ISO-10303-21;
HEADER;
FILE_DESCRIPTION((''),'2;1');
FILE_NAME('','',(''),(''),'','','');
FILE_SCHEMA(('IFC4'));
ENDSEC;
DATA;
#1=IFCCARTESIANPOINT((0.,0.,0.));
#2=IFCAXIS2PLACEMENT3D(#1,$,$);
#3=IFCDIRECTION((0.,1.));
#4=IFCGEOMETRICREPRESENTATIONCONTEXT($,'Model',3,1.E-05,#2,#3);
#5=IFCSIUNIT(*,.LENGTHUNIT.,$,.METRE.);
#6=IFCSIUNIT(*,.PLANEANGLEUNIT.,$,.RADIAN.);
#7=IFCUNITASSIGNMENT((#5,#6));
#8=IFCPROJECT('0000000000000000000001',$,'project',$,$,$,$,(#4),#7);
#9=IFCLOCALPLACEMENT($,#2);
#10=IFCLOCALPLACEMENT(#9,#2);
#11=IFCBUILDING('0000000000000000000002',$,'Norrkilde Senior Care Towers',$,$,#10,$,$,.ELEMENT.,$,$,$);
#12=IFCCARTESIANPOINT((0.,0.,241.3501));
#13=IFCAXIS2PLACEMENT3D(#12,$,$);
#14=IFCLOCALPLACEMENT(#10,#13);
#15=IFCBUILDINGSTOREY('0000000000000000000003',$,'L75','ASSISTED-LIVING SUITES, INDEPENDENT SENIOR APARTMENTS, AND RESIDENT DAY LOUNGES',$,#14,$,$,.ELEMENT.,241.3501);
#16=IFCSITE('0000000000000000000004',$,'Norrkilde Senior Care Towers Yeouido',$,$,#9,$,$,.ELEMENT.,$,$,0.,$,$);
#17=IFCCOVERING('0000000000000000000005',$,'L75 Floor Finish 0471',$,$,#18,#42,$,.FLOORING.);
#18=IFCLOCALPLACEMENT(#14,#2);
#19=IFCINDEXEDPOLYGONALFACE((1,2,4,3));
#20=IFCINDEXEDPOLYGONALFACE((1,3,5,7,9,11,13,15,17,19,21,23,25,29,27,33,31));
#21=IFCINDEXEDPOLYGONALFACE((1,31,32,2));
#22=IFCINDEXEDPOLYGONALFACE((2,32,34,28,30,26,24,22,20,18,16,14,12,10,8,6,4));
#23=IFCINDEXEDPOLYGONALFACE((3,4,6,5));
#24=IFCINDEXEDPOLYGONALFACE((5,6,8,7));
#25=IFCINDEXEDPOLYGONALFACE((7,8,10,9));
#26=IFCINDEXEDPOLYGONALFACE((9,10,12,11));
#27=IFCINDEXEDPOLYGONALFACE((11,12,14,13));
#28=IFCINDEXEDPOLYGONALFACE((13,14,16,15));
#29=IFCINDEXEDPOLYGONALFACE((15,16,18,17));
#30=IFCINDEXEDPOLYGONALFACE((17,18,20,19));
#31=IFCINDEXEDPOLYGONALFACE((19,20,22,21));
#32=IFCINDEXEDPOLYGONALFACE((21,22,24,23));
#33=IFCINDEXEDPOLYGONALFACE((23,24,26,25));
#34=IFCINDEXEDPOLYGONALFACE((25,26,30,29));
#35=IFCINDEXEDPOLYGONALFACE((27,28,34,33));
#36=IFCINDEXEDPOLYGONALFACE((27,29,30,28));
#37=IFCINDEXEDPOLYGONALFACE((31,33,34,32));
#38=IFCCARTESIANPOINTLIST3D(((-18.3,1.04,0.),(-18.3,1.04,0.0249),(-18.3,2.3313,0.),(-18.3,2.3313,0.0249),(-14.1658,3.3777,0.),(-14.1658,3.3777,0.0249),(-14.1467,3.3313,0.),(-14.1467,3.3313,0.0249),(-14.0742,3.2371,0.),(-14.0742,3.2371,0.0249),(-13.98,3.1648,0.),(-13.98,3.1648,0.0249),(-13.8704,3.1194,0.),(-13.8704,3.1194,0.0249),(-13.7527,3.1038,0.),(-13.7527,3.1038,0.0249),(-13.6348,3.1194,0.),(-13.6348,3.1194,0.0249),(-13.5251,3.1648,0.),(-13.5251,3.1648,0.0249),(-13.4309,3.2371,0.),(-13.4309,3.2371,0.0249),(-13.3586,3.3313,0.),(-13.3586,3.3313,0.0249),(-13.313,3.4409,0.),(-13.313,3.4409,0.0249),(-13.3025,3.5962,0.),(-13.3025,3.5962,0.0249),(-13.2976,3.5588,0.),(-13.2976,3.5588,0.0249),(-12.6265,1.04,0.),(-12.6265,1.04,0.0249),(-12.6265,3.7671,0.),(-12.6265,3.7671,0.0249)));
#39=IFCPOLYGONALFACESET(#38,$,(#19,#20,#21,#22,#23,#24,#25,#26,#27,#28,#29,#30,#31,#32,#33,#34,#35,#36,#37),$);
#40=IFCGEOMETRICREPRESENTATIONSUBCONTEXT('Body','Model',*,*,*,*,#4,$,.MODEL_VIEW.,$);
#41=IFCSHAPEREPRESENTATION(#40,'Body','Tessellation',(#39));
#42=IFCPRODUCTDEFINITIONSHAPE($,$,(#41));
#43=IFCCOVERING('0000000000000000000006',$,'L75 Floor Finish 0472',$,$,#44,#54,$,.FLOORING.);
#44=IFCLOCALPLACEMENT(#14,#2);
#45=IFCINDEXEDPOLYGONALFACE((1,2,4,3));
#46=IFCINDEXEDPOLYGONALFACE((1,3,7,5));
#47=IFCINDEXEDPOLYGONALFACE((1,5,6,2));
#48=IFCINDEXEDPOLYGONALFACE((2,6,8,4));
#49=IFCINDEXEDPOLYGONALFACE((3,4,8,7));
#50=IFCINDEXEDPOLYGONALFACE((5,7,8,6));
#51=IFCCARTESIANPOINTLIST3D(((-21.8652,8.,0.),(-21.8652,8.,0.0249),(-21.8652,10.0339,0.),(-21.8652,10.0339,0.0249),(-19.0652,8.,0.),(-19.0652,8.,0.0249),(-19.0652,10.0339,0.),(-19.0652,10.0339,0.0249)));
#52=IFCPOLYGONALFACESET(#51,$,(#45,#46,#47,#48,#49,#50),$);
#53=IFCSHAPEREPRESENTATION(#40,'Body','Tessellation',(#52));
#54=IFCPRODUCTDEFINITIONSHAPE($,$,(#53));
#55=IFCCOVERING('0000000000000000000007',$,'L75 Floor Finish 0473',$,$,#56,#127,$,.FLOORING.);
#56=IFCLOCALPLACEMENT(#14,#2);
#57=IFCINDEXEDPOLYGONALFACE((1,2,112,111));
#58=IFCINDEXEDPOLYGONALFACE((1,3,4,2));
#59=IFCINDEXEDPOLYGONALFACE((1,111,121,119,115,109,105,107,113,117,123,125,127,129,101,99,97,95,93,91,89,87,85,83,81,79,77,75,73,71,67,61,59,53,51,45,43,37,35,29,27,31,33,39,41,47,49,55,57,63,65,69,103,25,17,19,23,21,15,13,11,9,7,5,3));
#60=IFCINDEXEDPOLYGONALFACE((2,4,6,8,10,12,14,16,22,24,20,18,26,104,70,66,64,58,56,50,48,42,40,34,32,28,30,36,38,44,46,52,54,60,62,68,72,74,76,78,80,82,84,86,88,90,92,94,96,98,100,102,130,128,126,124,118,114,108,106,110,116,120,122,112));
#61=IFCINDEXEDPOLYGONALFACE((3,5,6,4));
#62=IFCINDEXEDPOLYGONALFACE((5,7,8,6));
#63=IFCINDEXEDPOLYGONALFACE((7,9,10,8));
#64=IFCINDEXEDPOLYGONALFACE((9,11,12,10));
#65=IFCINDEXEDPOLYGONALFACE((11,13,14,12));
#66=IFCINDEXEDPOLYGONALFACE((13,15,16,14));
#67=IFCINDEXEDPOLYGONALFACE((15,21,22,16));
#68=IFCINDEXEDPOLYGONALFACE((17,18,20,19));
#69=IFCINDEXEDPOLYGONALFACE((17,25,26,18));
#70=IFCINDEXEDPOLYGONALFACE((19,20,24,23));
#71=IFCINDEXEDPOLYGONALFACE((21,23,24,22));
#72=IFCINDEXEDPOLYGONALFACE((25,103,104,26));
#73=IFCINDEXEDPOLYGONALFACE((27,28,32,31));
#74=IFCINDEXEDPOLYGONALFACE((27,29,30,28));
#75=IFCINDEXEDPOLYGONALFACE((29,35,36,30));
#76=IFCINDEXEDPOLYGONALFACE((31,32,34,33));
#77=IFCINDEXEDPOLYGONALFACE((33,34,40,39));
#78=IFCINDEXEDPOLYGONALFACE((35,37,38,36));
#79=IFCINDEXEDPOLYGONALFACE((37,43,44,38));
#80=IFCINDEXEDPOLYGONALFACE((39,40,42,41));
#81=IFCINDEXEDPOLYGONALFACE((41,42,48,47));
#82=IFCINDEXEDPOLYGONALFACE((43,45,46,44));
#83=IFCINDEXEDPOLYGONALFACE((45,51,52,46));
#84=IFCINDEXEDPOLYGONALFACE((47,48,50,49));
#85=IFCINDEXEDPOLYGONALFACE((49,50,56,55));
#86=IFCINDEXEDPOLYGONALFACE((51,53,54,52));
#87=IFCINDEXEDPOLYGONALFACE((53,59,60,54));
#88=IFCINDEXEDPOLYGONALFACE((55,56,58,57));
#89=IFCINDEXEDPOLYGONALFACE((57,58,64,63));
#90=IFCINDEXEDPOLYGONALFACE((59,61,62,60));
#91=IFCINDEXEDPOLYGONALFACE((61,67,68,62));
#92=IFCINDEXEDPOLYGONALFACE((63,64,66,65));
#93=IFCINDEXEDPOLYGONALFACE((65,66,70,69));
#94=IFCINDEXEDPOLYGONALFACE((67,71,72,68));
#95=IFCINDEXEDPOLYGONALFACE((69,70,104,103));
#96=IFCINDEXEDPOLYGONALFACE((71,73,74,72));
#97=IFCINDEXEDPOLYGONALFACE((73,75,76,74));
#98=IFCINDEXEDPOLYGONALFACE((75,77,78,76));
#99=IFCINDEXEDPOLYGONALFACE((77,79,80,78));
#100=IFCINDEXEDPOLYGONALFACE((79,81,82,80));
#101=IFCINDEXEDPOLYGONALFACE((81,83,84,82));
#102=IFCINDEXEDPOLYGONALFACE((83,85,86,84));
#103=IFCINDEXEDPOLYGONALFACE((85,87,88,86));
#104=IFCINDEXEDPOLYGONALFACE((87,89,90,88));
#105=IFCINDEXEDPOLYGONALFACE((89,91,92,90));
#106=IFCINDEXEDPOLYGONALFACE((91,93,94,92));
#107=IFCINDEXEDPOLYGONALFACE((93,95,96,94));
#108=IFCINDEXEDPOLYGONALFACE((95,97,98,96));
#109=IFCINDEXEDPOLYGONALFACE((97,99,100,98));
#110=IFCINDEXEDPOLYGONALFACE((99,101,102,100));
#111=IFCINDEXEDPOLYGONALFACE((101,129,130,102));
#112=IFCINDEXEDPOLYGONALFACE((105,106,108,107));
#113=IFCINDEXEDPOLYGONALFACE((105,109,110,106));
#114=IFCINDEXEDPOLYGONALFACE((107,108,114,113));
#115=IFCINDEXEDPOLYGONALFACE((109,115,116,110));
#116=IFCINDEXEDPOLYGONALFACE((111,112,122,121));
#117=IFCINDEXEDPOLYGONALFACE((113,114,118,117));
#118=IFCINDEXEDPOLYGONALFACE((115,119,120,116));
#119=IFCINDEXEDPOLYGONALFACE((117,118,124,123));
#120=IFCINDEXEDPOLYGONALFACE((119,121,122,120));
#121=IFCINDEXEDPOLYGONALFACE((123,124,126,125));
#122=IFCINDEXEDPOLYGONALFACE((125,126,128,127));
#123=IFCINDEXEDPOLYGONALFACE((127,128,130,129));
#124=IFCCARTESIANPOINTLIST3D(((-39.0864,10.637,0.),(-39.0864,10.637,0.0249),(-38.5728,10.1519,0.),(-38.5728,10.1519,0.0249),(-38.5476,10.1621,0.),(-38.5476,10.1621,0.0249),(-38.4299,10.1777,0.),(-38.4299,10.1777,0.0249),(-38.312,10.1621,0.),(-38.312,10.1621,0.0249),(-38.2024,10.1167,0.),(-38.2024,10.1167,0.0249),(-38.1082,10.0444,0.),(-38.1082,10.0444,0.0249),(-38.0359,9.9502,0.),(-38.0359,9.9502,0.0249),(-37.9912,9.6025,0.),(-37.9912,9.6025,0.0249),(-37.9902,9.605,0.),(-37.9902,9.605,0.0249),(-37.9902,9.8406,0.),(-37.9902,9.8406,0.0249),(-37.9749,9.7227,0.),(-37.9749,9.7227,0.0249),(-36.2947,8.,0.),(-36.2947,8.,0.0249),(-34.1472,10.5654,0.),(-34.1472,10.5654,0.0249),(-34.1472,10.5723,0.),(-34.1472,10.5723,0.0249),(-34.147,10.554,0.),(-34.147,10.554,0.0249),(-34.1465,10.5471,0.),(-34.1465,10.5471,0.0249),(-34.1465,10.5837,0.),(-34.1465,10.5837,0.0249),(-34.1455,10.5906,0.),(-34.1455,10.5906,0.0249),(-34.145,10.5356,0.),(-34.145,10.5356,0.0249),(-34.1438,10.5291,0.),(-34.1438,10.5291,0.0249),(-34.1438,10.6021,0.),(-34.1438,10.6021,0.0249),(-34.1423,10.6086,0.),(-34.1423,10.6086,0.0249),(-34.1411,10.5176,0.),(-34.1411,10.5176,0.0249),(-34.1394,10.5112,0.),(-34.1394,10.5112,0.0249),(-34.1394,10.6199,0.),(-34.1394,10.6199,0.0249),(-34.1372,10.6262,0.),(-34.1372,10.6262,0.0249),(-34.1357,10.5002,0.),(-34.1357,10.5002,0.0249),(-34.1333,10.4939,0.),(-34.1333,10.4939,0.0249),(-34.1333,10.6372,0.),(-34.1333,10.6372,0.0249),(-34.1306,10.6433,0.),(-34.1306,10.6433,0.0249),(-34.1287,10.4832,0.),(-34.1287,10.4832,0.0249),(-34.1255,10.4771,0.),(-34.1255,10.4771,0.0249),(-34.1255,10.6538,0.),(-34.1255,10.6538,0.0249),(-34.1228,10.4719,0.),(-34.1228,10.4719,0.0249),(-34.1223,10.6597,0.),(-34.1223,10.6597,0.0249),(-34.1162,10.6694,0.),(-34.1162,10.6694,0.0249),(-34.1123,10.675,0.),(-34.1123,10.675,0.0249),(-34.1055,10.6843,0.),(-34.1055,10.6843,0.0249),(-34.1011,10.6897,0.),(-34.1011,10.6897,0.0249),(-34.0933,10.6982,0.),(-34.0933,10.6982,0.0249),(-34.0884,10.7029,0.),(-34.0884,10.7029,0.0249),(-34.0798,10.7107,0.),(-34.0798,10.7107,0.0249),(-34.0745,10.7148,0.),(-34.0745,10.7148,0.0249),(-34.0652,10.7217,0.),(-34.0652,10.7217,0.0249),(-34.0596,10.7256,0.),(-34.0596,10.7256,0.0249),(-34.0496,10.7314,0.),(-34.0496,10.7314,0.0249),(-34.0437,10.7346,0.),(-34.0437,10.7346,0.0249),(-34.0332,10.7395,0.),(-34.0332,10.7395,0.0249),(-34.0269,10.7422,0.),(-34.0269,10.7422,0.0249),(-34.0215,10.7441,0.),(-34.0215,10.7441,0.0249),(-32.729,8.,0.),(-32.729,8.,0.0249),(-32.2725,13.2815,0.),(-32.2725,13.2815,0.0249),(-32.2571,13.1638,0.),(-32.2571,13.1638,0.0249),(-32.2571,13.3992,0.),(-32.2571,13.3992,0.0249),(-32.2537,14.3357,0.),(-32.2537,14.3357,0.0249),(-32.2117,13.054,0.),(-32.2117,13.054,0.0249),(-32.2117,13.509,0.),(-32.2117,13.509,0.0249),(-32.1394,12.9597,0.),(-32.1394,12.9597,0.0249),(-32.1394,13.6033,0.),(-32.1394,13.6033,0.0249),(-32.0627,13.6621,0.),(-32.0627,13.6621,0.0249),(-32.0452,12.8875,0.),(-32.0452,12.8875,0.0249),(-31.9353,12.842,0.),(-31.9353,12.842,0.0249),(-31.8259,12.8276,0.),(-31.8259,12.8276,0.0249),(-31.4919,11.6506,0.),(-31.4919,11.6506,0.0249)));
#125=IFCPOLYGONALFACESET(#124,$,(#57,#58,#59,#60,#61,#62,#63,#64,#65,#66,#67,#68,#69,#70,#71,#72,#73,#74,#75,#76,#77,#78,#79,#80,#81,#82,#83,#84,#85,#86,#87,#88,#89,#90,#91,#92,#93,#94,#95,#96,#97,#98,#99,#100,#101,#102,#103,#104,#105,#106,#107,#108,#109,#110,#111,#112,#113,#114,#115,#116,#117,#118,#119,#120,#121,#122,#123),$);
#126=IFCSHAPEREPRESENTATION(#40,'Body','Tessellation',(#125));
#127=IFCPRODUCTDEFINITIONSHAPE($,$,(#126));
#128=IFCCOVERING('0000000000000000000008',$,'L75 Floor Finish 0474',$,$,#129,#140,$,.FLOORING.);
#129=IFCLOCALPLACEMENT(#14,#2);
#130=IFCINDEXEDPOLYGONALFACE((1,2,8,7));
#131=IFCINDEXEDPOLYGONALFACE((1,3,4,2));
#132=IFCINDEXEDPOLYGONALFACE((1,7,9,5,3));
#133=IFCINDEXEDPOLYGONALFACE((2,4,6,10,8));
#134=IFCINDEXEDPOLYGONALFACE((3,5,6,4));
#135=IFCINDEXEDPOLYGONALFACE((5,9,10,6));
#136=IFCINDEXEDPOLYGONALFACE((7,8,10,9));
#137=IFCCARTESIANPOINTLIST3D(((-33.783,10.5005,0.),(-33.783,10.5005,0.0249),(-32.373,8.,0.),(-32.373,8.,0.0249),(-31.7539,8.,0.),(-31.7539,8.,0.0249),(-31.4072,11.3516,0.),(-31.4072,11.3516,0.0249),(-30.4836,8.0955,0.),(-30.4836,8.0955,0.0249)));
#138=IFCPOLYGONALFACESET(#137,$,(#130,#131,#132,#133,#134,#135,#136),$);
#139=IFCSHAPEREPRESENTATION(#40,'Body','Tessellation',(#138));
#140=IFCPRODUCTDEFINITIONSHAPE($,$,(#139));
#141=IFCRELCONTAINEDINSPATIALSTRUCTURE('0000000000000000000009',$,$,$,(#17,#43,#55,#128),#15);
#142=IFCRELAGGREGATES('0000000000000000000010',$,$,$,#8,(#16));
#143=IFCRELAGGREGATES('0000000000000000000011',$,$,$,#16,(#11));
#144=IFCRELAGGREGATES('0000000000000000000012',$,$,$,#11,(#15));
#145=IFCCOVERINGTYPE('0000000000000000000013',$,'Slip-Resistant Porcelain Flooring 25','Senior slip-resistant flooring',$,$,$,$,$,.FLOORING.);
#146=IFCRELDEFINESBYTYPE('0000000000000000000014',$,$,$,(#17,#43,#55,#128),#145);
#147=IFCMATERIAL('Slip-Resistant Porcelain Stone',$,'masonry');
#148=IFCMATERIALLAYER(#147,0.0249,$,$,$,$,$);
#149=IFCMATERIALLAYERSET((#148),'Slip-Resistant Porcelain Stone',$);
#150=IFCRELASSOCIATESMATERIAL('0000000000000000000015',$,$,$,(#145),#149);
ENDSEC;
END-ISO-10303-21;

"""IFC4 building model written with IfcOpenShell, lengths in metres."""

from ifc_helpers import new_model, si_unit, direction, frame, origin, place, context, subcontext, project, spatial, polyline, outline, extrude, material, layer, layer_set, type_object, element, save


model = new_model("IFC4")

# Units and contexts
model_context = context("Model", 3, precision=1e-05, world=origin(), true_north=direction((0.0, 1.0)))
body_context = subcontext(model_context, "Body", "Model", "MODEL_VIEW")
ifc_project = project(units=[si_unit("LENGTHUNIT", "METRE"), si_unit("PLANEANGLEUNIT", "RADIAN")], contexts=[model_context])

# Site, building, storey
site_placement = place(None, origin())
site = spatial("IfcSite", under=ifc_project, at=site_placement, Name="Norrkilde Senior Care Towers Yeouido", CompositionType="ELEMENT", RefElevation=0.0)
building_placement = place(site_placement, origin())
building = spatial("IfcBuilding", under=site, at=building_placement, Name="Norrkilde Senior Care Towers", CompositionType="ELEMENT")
storey_placement = place(building_placement, frame((0.0, 0.0, 241.3501)))
storey = spatial("IfcBuildingStorey", under=building, at=storey_placement, Name="L75", Description="ASSISTED-LIVING SUITES, INDEPENDENT SENIOR APARTMENTS, AND RESIDENT DAY LOUNGES", CompositionType="ELEMENT", Elevation=241.3501)

# Coverings
ifc_material_1 = material(Name="Slip-Resistant Porcelain Stone", Category="masonry")
ifc_layer_1 = layer(ifc_material_1, 0.0249)
ifc_layer_set_1 = layer_set([ifc_layer_1], Name="Slip-Resistant Porcelain Stone")
covering_type_1 = type_object("IfcCoveringType", Name="Slip-Resistant Porcelain Flooring 25", Description="Senior slip-resistant flooring", PredefinedType="FLOORING", material=ifc_layer_set_1)
covering_1_placement = place(storey_placement, origin())
element("IfcCovering", 1, at=covering_1_placement, inside=storey, type_object=covering_type_1, Name="L75 Floor Finish 0471", PredefinedType="FLOORING", context=body_context, shape_type="SweptSolid", body=[
    extrude(outline(polyline([(-12.6265, 1.04), (-18.3, 1.04), (-18.3, 2.3313), (-14.1658, 3.3777), (-14.1467, 3.3313), (-14.0742, 3.2371), (-13.98, 3.1648), (-13.8704, 3.1194), (-13.7527, 3.1038), (-13.6348, 3.1194), (-13.5251, 3.1648), (-13.4309, 3.2371), (-13.3586, 3.3313), (-13.313, 3.4409), (-13.2976, 3.5588), (-13.3025, 3.5962), (-12.6265, 3.7671), (-12.6265, 1.04)])), origin(), (0.0, 0.0, 1.0), 0.0249),
])
covering_2_placement = place(storey_placement, origin())
element("IfcCovering", 2, at=covering_2_placement, inside=storey, type_object=covering_type_1, Name="L75 Floor Finish 0472", PredefinedType="FLOORING", context=body_context, shape_type="SweptSolid", body=[
    extrude(outline(polyline([(-21.8652, 10.0339), (-19.0652, 10.0339), (-19.0652, 8.0), (-21.8652, 8.0), (-21.8652, 10.0339)])), origin(), (0.0, 0.0, 1.0), 0.0249),
])
covering_3_placement = place(storey_placement, origin())
element("IfcCovering", 3, at=covering_3_placement, inside=storey, type_object=covering_type_1, Name="L75 Floor Finish 0473", PredefinedType="FLOORING", context=body_context, shape_type="SweptSolid", body=[
    extrude(outline(polyline([(-34.0596, 10.7256), (-34.0652, 10.7217), (-34.0745, 10.7148), (-34.0798, 10.7107), (-34.0884, 10.7029), (-34.0933, 10.6982), (-34.1011, 10.6897), (-34.1055, 10.6843), (-34.1123, 10.675), (-34.1162, 10.6694), (-34.1223, 10.6597), (-34.1255, 10.6538), (-34.1306, 10.6433), (-34.1333, 10.6372), (-34.1372, 10.6262), (-34.1394, 10.6199), (-34.1423, 10.6086), (-34.1438, 10.6021), (-34.1455, 10.5906), (-34.1465, 10.5837), (-34.1472, 10.5723), (-34.1472, 10.5654), (-34.147, 10.554), (-34.1465, 10.5471), (-34.145, 10.5356), (-34.1438, 10.5291), (-34.1411, 10.5176), (-34.1394, 10.5112), (-34.1357, 10.5002), (-34.1333, 10.4939), (-34.1287, 10.4832), (-34.1255, 10.4771), (-34.1228, 10.4719), (-32.729, 8.0), (-36.2947, 8.0), (-37.9912, 9.6025), (-37.9902, 9.605), (-37.9749, 9.7227), (-37.9902, 9.8406), (-38.0359, 9.9502), (-38.1082, 10.0444), (-38.2024, 10.1167), (-38.312, 10.1621), (-38.4299, 10.1777), (-38.5476, 10.1621), (-38.5728, 10.1519), (-39.0864, 10.637), (-32.2537, 14.3357), (-32.0627, 13.6621), (-32.1394, 13.6033), (-32.2117, 13.509), (-32.2571, 13.3992), (-32.2725, 13.2815), (-32.2571, 13.1638), (-32.2117, 13.054), (-32.1394, 12.9597), (-32.0452, 12.8875), (-31.9353, 12.842), (-31.8259, 12.8276), (-31.4919, 11.6506), (-34.0215, 10.7441), (-34.0269, 10.7422), (-34.0332, 10.7395), (-34.0437, 10.7346), (-34.0496, 10.7314), (-34.0596, 10.7256)])), origin(), (0.0, 0.0, 1.0), 0.0249),
])
covering_4_placement = place(storey_placement, origin())
element("IfcCovering", 4, at=covering_4_placement, inside=storey, type_object=covering_type_1, Name="L75 Floor Finish 0474", PredefinedType="FLOORING", context=body_context, shape_type="SweptSolid", body=[
    extrude(outline(polyline([(-33.783, 10.5005), (-31.4072, 11.3516), (-30.4836, 8.0955), (-31.7539, 8.0), (-32.373, 8.0), (-33.783, 10.5005)])), origin(), (0.0, 0.0, 1.0), 0.0249),
])

save(model, "model.ifc")
